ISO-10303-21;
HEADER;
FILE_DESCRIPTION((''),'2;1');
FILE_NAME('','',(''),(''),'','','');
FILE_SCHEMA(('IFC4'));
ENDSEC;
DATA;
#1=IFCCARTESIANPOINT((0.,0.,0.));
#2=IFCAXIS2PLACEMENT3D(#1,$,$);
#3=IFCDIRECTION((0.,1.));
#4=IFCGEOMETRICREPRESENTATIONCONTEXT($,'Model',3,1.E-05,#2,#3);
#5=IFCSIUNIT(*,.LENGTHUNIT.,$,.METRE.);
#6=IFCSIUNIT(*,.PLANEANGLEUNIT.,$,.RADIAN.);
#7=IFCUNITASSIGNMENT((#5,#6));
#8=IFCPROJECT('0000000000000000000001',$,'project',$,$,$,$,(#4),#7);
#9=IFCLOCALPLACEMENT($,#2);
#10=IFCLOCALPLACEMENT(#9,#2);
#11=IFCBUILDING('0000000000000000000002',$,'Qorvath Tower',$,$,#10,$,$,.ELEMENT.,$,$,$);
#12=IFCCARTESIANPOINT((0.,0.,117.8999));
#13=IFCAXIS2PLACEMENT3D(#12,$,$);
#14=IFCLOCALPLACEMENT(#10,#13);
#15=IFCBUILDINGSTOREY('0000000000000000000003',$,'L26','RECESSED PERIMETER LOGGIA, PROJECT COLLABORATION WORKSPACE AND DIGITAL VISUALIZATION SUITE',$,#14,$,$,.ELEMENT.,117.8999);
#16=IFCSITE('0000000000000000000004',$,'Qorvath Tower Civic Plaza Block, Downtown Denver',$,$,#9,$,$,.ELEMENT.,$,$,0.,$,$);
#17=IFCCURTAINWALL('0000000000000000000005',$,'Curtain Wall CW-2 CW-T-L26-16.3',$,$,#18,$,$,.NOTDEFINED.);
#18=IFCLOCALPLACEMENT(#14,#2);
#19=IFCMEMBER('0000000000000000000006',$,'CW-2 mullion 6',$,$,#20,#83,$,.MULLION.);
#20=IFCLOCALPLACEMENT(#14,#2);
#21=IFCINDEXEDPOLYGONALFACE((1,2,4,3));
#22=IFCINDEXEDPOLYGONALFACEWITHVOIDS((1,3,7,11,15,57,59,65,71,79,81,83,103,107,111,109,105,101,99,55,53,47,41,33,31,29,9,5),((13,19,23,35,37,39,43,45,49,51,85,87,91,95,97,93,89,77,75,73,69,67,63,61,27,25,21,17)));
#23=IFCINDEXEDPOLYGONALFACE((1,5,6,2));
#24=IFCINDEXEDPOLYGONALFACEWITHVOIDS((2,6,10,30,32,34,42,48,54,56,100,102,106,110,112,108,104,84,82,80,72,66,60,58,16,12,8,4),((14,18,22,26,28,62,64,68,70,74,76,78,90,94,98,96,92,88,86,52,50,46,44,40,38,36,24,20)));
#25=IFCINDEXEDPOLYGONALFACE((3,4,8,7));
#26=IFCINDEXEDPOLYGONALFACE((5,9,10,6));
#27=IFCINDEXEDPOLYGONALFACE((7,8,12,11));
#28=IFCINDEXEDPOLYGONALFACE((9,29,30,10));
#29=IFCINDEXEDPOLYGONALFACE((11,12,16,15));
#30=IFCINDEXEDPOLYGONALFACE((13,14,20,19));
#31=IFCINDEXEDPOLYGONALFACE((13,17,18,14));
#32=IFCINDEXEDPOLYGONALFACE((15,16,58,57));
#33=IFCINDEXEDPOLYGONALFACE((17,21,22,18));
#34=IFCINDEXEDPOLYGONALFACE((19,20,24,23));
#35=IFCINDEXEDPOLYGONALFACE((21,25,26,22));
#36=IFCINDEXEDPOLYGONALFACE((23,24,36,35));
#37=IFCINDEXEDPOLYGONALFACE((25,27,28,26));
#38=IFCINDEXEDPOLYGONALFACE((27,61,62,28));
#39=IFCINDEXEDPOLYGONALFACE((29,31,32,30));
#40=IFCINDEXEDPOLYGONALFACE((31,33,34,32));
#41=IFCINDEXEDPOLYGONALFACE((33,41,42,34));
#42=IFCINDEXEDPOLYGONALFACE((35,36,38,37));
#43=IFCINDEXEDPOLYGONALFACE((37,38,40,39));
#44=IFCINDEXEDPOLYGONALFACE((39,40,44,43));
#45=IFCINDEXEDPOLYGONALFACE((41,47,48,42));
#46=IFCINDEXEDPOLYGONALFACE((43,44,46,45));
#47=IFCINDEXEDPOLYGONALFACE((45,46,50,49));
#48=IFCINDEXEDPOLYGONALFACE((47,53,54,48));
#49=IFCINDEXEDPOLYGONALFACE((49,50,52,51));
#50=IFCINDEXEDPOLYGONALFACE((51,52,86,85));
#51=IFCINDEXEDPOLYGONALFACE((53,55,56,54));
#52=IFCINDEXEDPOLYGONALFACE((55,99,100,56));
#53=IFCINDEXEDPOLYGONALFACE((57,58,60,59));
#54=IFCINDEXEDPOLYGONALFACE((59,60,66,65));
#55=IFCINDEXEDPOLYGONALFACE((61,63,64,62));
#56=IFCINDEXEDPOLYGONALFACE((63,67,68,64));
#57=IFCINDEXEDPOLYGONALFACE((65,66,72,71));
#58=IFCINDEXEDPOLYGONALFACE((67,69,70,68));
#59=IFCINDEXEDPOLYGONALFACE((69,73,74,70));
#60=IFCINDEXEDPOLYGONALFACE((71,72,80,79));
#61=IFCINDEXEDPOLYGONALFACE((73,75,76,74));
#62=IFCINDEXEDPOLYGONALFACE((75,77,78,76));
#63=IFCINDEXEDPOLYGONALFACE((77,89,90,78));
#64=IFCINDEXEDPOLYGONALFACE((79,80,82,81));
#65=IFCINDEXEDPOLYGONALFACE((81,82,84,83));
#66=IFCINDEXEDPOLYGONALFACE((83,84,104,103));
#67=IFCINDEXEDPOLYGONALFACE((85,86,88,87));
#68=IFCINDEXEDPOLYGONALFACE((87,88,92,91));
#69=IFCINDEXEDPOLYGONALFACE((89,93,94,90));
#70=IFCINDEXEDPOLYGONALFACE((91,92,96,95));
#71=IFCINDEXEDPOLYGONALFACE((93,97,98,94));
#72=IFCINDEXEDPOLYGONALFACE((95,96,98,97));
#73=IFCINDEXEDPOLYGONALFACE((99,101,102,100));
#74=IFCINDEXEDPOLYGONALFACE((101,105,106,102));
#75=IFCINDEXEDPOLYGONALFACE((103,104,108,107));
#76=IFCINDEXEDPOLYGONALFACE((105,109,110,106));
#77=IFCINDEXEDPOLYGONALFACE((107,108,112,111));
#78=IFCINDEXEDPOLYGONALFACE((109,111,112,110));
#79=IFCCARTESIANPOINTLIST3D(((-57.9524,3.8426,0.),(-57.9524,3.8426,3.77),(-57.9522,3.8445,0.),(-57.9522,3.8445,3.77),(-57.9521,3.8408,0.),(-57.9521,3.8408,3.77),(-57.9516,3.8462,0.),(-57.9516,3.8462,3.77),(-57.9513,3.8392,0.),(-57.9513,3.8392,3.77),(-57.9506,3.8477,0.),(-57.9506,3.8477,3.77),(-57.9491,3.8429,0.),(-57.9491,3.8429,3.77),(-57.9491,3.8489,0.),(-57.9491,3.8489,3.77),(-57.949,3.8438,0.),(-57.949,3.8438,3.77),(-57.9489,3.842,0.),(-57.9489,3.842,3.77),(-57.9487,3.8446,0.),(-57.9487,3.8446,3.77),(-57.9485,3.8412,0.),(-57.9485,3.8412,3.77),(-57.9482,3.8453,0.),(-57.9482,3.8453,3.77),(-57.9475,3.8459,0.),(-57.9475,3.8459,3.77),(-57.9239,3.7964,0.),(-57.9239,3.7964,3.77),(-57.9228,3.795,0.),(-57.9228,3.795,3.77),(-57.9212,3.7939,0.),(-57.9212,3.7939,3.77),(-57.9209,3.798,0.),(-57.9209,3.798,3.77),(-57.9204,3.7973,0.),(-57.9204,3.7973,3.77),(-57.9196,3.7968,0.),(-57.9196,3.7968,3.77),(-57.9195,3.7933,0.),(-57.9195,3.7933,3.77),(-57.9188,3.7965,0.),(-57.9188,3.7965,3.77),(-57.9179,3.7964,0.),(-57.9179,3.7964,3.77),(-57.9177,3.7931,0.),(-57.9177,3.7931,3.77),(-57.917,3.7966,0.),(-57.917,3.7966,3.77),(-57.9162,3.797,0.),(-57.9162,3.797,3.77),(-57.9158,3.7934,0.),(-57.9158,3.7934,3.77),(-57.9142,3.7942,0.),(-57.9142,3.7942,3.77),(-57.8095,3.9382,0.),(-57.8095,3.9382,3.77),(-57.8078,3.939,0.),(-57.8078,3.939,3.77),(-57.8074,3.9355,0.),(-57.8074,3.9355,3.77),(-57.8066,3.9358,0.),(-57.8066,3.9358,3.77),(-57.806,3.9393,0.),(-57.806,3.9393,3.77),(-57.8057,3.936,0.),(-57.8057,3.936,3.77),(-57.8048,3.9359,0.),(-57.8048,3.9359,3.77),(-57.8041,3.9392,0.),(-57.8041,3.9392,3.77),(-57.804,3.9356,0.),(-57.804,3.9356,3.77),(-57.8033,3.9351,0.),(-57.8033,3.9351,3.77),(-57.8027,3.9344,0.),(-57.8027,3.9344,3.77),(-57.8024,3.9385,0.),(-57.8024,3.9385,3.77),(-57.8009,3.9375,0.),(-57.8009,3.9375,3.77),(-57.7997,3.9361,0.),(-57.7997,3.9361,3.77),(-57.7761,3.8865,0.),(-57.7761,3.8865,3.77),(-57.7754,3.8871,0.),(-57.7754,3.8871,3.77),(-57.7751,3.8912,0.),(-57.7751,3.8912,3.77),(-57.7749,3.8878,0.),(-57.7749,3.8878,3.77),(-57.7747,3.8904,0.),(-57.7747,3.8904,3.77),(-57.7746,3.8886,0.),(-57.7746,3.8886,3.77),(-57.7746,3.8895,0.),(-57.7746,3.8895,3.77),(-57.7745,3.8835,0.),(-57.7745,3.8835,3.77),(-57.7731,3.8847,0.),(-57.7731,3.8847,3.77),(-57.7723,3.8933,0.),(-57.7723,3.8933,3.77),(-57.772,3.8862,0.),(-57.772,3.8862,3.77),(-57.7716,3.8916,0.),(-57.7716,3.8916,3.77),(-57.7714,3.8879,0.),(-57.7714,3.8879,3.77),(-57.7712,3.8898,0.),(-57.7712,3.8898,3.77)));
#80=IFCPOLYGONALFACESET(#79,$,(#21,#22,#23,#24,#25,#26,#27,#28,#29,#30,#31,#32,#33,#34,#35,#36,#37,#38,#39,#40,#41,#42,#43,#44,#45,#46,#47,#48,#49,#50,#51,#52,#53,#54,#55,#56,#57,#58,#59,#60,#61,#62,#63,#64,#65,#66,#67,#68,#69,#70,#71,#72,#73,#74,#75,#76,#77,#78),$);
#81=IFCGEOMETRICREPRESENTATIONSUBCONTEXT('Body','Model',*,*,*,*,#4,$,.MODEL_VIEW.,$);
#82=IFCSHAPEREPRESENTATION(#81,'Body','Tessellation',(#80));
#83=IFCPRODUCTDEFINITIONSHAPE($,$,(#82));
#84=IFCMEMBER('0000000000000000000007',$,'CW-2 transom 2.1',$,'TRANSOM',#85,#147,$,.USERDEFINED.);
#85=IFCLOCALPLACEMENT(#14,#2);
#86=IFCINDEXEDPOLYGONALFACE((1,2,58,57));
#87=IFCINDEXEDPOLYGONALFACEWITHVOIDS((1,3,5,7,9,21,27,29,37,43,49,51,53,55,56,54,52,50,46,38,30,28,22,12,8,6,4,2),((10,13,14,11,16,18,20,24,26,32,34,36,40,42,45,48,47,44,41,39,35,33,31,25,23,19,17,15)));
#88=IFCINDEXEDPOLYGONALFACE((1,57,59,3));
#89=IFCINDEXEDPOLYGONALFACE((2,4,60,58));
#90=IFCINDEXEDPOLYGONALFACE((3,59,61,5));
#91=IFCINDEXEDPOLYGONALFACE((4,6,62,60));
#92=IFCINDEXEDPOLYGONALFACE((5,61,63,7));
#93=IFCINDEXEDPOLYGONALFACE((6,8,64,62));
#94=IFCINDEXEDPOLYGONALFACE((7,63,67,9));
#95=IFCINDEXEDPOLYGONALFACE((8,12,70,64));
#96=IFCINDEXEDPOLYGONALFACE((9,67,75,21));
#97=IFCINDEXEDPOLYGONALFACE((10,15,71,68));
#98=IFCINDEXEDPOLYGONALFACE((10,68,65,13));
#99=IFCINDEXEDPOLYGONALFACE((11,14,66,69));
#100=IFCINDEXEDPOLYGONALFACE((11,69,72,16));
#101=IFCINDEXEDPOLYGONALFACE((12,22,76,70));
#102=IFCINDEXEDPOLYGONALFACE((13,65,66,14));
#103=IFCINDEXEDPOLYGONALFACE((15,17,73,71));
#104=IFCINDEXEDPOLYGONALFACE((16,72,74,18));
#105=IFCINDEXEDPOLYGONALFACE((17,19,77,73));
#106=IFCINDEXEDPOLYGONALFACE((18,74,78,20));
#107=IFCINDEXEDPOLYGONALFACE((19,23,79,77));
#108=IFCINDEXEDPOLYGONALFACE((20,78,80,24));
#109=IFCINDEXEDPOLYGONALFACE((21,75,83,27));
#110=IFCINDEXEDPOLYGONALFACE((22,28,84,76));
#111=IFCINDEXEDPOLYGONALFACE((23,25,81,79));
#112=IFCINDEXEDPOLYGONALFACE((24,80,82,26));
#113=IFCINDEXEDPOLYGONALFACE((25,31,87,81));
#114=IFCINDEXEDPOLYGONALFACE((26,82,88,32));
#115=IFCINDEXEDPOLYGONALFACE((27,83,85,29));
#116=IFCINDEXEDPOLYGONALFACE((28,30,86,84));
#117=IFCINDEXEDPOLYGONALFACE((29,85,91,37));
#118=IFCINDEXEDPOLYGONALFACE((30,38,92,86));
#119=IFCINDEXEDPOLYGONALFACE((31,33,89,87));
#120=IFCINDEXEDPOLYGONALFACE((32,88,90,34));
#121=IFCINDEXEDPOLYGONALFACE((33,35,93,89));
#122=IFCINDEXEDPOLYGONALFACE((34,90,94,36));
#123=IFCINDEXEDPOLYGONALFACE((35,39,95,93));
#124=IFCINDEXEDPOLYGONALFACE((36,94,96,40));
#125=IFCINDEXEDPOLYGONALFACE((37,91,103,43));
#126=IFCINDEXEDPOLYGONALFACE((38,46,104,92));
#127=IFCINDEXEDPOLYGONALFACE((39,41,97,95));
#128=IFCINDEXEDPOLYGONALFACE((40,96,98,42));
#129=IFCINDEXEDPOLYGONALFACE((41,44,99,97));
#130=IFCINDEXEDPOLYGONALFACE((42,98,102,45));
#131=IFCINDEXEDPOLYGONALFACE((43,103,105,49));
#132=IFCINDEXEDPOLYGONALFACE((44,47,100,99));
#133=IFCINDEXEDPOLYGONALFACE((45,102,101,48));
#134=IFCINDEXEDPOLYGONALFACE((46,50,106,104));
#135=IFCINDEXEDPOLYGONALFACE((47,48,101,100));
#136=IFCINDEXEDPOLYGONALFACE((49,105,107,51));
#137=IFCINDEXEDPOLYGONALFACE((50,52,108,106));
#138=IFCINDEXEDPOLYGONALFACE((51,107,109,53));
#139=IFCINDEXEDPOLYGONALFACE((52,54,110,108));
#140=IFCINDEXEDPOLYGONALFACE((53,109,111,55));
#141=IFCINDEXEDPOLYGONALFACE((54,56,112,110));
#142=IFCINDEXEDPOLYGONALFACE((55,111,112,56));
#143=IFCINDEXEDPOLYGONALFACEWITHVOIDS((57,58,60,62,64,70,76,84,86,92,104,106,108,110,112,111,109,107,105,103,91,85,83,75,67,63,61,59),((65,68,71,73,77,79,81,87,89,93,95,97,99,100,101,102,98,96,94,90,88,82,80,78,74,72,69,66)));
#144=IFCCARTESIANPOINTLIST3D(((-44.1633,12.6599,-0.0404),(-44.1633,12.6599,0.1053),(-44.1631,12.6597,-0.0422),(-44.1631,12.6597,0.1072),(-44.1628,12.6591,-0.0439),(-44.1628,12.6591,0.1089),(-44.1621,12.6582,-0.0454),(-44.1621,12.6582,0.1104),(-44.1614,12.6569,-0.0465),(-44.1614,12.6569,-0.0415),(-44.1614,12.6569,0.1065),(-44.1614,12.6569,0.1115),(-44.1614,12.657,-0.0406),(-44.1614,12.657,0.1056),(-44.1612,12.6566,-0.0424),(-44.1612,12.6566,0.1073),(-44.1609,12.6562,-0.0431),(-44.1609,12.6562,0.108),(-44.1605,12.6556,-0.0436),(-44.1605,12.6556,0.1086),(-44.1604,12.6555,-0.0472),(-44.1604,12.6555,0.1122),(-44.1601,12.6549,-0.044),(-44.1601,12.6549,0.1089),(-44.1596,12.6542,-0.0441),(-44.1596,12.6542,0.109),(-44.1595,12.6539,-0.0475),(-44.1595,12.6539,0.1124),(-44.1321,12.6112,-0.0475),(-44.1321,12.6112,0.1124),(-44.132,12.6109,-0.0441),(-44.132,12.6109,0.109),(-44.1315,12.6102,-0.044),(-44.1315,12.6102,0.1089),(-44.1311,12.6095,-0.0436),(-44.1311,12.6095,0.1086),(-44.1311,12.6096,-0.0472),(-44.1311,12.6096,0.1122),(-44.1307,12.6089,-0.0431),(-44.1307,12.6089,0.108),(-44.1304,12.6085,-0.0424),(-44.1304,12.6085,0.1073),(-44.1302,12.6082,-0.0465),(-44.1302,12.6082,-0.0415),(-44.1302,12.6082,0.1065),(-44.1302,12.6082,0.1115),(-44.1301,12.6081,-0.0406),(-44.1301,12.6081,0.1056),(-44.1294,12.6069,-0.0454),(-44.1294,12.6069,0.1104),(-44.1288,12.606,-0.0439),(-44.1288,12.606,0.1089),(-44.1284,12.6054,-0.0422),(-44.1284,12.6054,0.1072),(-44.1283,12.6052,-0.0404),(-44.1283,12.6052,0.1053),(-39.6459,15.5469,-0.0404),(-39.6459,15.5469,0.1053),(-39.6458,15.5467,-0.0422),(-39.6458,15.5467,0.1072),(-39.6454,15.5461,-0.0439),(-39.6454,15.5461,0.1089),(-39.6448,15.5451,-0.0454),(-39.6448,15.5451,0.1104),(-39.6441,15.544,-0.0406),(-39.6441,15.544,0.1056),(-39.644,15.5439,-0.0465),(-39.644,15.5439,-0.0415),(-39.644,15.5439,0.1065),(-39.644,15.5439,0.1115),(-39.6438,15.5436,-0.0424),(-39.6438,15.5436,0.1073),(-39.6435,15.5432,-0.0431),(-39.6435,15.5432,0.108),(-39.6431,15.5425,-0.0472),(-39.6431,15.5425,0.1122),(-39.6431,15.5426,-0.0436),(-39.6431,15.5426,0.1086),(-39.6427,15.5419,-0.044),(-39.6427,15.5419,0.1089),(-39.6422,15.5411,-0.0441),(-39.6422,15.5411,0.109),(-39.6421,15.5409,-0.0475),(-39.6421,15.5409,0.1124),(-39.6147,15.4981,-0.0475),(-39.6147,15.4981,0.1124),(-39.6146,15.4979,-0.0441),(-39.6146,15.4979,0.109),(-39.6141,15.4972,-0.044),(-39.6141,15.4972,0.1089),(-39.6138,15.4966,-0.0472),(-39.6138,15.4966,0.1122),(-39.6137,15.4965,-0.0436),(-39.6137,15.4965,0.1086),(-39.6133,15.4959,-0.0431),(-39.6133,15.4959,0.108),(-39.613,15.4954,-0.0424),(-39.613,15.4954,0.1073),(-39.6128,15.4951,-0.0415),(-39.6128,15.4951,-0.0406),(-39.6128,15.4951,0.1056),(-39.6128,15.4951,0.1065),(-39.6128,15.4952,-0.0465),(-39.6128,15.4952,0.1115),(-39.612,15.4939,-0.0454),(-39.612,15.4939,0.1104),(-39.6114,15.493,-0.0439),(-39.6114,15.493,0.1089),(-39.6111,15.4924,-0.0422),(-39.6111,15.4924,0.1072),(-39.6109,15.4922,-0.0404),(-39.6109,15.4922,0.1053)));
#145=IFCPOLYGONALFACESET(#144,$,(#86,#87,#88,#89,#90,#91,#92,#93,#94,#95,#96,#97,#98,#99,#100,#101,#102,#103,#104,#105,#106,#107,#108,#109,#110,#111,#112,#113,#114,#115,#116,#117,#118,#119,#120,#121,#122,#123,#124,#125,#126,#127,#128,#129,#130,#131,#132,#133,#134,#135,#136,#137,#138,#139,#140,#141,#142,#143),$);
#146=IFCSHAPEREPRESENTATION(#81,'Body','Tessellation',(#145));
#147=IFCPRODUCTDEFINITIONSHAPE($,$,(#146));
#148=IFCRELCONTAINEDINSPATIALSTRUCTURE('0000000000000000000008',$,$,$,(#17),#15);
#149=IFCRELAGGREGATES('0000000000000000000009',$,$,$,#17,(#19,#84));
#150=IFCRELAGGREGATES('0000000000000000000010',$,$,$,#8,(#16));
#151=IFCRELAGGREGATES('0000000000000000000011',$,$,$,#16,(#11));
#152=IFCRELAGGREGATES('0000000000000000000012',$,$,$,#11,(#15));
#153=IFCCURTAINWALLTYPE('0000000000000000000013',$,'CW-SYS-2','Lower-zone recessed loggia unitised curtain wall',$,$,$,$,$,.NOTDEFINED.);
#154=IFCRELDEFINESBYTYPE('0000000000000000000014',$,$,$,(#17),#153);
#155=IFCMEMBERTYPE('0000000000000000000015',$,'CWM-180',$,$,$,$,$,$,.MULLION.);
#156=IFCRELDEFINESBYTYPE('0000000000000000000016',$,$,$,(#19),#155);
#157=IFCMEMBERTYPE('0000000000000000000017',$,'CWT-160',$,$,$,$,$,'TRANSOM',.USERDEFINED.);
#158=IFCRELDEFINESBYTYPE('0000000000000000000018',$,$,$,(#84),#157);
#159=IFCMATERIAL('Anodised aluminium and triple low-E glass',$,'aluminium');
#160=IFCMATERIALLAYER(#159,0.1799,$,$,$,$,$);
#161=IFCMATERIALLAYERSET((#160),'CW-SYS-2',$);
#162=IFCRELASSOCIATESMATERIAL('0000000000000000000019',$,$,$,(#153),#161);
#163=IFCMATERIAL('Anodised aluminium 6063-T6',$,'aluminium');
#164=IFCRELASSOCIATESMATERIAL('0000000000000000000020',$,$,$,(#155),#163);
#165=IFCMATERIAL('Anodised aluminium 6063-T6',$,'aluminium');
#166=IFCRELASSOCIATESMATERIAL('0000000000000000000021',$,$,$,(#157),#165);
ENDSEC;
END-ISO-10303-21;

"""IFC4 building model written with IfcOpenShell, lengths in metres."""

from ifc_helpers import new_model, si_unit, direction, frame, origin, origin_2d, place, context, subcontext, project, spatial, hollow_rectangle, extrude, material, layer, layer_set, material_profile, profile_set, type_object, element, aggregate, save


model = new_model("IFC4")

# Units and contexts
model_context = context("Model", 3, precision=1e-05, world=origin(), true_north=direction((0.0, 1.0)))
body_context = subcontext(model_context, "Body", "Model", "MODEL_VIEW")
ifc_project = project(units=[si_unit("LENGTHUNIT", "METRE"), si_unit("PLANEANGLEUNIT", "RADIAN")], contexts=[model_context])

# Site, building, storey
site_placement = place(None, origin())
site = spatial("IfcSite", under=ifc_project, at=site_placement, Name="Qorvath Tower Civic Plaza Block, Downtown Denver", CompositionType="ELEMENT", RefElevation=0.0)
building_placement = place(site_placement, origin())
building = spatial("IfcBuilding", under=site, at=building_placement, Name="Qorvath Tower", CompositionType="ELEMENT")
storey_placement = place(building_placement, frame((0.0, 0.0, 117.8999)))
storey = spatial("IfcBuildingStorey", under=building, at=storey_placement, Name="L26", Description="RECESSED PERIMETER LOGGIA, PROJECT COLLABORATION WORKSPACE AND DIGITAL VISUALIZATION SUITE", CompositionType="ELEMENT", Elevation=117.8999)

# Curtain wall, members
ifc_material_1 = material(Name="Anodised aluminium and triple low-E glass", Category="aluminium")
ifc_layer_1 = layer(ifc_material_1, 0.1799)
ifc_layer_set_1 = layer_set([ifc_layer_1], Name="CW-SYS-2")
curtain_wall_type = type_object("IfcCurtainWallType", Name="CW-SYS-2", Description="Lower-zone recessed loggia unitised curtain wall", PredefinedType="NOTDEFINED", material=ifc_layer_set_1)
curtain_wall_placement = place(storey_placement, origin())
curtain_wall = element("IfcCurtainWall", 1, at=curtain_wall_placement, inside=storey, type_object=curtain_wall_type, Name="Curtain Wall CW-2 CW-T-L26-16.3", PredefinedType="NOTDEFINED")
ifc_material_2 = material(Name="Anodised aluminium 6063-T6", Category="aluminium")
ifc_material_profile_1 = material_profile(ifc_material_2, hollow_rectangle(XDim=0.0649, YDim=0.1799, WallThickness=0.0034, InnerFilletRadius=0.0034, OuterFilletRadius=0.0071, at=origin_2d()), Name="CWM 180x65")
ifc_profile_set_1 = profile_set([ifc_material_profile_1], Name="Anodised aluminium 6063-T6")
member_type_1 = type_object("IfcMemberType", Name="CWM-180", PredefinedType="MULLION", material=ifc_profile_set_1)
member_1_placement = place(storey_placement, frame((-57.8618, 3.8662, 0.0), z_axis=(0.0, 0.0, 1.0), x_axis=(0.538534, -0.842604, 0.0)))
member_1 = element("IfcMember", 2, at=member_1_placement, type_object=member_type_1, Name="CW-2 mullion 6", PredefinedType="MULLION", context=body_context, shape_type="SweptSolid", body=[
    extrude(hollow_rectangle(XDim=0.0649, YDim=0.1799, WallThickness=0.0034, InnerFilletRadius=0.0034, OuterFilletRadius=0.0071, at=origin_2d()), origin(), (0.0, 0.0, 1.0), 3.77),
])
ifc_material_3 = material(Name="Anodised aluminium 6063-T6", Category="aluminium")
ifc_material_profile_2 = material_profile(ifc_material_3, hollow_rectangle(XDim=0.0649, YDim=0.1599, WallThickness=0.0034, InnerFilletRadius=0.0034, OuterFilletRadius=0.0071, at=origin_2d()), Name="CWT 160x65")
ifc_profile_set_2 = profile_set([ifc_material_profile_2], Name="Anodised aluminium 6063-T6")
member_type_2 = type_object("IfcMemberType", Name="CWT-160", ElementType="TRANSOM", PredefinedType="USERDEFINED", material=ifc_profile_set_2)
member_2_placement = place(storey_placement, frame((-39.6284, 15.5195, 0.0325), z_axis=(-0.842621, -0.538507, 0.0), x_axis=(0.538507, -0.842621, 0.0)))
member_2 = element("IfcMember", 3, at=member_2_placement, type_object=member_type_2, Name="CW-2 transom 2.1", ObjectType="TRANSOM", PredefinedType="USERDEFINED", context=body_context, shape_type="SweptSolid", body=[
    extrude(hollow_rectangle(XDim=0.0649, YDim=0.1599, WallThickness=0.0034, InnerFilletRadius=0.0034, OuterFilletRadius=0.0071, at=origin_2d()), origin(), (0.0, 0.0, 1.0), 5.3611),
])
aggregate(curtain_wall, [member_1, member_2])

save(model, "model.ifc")
